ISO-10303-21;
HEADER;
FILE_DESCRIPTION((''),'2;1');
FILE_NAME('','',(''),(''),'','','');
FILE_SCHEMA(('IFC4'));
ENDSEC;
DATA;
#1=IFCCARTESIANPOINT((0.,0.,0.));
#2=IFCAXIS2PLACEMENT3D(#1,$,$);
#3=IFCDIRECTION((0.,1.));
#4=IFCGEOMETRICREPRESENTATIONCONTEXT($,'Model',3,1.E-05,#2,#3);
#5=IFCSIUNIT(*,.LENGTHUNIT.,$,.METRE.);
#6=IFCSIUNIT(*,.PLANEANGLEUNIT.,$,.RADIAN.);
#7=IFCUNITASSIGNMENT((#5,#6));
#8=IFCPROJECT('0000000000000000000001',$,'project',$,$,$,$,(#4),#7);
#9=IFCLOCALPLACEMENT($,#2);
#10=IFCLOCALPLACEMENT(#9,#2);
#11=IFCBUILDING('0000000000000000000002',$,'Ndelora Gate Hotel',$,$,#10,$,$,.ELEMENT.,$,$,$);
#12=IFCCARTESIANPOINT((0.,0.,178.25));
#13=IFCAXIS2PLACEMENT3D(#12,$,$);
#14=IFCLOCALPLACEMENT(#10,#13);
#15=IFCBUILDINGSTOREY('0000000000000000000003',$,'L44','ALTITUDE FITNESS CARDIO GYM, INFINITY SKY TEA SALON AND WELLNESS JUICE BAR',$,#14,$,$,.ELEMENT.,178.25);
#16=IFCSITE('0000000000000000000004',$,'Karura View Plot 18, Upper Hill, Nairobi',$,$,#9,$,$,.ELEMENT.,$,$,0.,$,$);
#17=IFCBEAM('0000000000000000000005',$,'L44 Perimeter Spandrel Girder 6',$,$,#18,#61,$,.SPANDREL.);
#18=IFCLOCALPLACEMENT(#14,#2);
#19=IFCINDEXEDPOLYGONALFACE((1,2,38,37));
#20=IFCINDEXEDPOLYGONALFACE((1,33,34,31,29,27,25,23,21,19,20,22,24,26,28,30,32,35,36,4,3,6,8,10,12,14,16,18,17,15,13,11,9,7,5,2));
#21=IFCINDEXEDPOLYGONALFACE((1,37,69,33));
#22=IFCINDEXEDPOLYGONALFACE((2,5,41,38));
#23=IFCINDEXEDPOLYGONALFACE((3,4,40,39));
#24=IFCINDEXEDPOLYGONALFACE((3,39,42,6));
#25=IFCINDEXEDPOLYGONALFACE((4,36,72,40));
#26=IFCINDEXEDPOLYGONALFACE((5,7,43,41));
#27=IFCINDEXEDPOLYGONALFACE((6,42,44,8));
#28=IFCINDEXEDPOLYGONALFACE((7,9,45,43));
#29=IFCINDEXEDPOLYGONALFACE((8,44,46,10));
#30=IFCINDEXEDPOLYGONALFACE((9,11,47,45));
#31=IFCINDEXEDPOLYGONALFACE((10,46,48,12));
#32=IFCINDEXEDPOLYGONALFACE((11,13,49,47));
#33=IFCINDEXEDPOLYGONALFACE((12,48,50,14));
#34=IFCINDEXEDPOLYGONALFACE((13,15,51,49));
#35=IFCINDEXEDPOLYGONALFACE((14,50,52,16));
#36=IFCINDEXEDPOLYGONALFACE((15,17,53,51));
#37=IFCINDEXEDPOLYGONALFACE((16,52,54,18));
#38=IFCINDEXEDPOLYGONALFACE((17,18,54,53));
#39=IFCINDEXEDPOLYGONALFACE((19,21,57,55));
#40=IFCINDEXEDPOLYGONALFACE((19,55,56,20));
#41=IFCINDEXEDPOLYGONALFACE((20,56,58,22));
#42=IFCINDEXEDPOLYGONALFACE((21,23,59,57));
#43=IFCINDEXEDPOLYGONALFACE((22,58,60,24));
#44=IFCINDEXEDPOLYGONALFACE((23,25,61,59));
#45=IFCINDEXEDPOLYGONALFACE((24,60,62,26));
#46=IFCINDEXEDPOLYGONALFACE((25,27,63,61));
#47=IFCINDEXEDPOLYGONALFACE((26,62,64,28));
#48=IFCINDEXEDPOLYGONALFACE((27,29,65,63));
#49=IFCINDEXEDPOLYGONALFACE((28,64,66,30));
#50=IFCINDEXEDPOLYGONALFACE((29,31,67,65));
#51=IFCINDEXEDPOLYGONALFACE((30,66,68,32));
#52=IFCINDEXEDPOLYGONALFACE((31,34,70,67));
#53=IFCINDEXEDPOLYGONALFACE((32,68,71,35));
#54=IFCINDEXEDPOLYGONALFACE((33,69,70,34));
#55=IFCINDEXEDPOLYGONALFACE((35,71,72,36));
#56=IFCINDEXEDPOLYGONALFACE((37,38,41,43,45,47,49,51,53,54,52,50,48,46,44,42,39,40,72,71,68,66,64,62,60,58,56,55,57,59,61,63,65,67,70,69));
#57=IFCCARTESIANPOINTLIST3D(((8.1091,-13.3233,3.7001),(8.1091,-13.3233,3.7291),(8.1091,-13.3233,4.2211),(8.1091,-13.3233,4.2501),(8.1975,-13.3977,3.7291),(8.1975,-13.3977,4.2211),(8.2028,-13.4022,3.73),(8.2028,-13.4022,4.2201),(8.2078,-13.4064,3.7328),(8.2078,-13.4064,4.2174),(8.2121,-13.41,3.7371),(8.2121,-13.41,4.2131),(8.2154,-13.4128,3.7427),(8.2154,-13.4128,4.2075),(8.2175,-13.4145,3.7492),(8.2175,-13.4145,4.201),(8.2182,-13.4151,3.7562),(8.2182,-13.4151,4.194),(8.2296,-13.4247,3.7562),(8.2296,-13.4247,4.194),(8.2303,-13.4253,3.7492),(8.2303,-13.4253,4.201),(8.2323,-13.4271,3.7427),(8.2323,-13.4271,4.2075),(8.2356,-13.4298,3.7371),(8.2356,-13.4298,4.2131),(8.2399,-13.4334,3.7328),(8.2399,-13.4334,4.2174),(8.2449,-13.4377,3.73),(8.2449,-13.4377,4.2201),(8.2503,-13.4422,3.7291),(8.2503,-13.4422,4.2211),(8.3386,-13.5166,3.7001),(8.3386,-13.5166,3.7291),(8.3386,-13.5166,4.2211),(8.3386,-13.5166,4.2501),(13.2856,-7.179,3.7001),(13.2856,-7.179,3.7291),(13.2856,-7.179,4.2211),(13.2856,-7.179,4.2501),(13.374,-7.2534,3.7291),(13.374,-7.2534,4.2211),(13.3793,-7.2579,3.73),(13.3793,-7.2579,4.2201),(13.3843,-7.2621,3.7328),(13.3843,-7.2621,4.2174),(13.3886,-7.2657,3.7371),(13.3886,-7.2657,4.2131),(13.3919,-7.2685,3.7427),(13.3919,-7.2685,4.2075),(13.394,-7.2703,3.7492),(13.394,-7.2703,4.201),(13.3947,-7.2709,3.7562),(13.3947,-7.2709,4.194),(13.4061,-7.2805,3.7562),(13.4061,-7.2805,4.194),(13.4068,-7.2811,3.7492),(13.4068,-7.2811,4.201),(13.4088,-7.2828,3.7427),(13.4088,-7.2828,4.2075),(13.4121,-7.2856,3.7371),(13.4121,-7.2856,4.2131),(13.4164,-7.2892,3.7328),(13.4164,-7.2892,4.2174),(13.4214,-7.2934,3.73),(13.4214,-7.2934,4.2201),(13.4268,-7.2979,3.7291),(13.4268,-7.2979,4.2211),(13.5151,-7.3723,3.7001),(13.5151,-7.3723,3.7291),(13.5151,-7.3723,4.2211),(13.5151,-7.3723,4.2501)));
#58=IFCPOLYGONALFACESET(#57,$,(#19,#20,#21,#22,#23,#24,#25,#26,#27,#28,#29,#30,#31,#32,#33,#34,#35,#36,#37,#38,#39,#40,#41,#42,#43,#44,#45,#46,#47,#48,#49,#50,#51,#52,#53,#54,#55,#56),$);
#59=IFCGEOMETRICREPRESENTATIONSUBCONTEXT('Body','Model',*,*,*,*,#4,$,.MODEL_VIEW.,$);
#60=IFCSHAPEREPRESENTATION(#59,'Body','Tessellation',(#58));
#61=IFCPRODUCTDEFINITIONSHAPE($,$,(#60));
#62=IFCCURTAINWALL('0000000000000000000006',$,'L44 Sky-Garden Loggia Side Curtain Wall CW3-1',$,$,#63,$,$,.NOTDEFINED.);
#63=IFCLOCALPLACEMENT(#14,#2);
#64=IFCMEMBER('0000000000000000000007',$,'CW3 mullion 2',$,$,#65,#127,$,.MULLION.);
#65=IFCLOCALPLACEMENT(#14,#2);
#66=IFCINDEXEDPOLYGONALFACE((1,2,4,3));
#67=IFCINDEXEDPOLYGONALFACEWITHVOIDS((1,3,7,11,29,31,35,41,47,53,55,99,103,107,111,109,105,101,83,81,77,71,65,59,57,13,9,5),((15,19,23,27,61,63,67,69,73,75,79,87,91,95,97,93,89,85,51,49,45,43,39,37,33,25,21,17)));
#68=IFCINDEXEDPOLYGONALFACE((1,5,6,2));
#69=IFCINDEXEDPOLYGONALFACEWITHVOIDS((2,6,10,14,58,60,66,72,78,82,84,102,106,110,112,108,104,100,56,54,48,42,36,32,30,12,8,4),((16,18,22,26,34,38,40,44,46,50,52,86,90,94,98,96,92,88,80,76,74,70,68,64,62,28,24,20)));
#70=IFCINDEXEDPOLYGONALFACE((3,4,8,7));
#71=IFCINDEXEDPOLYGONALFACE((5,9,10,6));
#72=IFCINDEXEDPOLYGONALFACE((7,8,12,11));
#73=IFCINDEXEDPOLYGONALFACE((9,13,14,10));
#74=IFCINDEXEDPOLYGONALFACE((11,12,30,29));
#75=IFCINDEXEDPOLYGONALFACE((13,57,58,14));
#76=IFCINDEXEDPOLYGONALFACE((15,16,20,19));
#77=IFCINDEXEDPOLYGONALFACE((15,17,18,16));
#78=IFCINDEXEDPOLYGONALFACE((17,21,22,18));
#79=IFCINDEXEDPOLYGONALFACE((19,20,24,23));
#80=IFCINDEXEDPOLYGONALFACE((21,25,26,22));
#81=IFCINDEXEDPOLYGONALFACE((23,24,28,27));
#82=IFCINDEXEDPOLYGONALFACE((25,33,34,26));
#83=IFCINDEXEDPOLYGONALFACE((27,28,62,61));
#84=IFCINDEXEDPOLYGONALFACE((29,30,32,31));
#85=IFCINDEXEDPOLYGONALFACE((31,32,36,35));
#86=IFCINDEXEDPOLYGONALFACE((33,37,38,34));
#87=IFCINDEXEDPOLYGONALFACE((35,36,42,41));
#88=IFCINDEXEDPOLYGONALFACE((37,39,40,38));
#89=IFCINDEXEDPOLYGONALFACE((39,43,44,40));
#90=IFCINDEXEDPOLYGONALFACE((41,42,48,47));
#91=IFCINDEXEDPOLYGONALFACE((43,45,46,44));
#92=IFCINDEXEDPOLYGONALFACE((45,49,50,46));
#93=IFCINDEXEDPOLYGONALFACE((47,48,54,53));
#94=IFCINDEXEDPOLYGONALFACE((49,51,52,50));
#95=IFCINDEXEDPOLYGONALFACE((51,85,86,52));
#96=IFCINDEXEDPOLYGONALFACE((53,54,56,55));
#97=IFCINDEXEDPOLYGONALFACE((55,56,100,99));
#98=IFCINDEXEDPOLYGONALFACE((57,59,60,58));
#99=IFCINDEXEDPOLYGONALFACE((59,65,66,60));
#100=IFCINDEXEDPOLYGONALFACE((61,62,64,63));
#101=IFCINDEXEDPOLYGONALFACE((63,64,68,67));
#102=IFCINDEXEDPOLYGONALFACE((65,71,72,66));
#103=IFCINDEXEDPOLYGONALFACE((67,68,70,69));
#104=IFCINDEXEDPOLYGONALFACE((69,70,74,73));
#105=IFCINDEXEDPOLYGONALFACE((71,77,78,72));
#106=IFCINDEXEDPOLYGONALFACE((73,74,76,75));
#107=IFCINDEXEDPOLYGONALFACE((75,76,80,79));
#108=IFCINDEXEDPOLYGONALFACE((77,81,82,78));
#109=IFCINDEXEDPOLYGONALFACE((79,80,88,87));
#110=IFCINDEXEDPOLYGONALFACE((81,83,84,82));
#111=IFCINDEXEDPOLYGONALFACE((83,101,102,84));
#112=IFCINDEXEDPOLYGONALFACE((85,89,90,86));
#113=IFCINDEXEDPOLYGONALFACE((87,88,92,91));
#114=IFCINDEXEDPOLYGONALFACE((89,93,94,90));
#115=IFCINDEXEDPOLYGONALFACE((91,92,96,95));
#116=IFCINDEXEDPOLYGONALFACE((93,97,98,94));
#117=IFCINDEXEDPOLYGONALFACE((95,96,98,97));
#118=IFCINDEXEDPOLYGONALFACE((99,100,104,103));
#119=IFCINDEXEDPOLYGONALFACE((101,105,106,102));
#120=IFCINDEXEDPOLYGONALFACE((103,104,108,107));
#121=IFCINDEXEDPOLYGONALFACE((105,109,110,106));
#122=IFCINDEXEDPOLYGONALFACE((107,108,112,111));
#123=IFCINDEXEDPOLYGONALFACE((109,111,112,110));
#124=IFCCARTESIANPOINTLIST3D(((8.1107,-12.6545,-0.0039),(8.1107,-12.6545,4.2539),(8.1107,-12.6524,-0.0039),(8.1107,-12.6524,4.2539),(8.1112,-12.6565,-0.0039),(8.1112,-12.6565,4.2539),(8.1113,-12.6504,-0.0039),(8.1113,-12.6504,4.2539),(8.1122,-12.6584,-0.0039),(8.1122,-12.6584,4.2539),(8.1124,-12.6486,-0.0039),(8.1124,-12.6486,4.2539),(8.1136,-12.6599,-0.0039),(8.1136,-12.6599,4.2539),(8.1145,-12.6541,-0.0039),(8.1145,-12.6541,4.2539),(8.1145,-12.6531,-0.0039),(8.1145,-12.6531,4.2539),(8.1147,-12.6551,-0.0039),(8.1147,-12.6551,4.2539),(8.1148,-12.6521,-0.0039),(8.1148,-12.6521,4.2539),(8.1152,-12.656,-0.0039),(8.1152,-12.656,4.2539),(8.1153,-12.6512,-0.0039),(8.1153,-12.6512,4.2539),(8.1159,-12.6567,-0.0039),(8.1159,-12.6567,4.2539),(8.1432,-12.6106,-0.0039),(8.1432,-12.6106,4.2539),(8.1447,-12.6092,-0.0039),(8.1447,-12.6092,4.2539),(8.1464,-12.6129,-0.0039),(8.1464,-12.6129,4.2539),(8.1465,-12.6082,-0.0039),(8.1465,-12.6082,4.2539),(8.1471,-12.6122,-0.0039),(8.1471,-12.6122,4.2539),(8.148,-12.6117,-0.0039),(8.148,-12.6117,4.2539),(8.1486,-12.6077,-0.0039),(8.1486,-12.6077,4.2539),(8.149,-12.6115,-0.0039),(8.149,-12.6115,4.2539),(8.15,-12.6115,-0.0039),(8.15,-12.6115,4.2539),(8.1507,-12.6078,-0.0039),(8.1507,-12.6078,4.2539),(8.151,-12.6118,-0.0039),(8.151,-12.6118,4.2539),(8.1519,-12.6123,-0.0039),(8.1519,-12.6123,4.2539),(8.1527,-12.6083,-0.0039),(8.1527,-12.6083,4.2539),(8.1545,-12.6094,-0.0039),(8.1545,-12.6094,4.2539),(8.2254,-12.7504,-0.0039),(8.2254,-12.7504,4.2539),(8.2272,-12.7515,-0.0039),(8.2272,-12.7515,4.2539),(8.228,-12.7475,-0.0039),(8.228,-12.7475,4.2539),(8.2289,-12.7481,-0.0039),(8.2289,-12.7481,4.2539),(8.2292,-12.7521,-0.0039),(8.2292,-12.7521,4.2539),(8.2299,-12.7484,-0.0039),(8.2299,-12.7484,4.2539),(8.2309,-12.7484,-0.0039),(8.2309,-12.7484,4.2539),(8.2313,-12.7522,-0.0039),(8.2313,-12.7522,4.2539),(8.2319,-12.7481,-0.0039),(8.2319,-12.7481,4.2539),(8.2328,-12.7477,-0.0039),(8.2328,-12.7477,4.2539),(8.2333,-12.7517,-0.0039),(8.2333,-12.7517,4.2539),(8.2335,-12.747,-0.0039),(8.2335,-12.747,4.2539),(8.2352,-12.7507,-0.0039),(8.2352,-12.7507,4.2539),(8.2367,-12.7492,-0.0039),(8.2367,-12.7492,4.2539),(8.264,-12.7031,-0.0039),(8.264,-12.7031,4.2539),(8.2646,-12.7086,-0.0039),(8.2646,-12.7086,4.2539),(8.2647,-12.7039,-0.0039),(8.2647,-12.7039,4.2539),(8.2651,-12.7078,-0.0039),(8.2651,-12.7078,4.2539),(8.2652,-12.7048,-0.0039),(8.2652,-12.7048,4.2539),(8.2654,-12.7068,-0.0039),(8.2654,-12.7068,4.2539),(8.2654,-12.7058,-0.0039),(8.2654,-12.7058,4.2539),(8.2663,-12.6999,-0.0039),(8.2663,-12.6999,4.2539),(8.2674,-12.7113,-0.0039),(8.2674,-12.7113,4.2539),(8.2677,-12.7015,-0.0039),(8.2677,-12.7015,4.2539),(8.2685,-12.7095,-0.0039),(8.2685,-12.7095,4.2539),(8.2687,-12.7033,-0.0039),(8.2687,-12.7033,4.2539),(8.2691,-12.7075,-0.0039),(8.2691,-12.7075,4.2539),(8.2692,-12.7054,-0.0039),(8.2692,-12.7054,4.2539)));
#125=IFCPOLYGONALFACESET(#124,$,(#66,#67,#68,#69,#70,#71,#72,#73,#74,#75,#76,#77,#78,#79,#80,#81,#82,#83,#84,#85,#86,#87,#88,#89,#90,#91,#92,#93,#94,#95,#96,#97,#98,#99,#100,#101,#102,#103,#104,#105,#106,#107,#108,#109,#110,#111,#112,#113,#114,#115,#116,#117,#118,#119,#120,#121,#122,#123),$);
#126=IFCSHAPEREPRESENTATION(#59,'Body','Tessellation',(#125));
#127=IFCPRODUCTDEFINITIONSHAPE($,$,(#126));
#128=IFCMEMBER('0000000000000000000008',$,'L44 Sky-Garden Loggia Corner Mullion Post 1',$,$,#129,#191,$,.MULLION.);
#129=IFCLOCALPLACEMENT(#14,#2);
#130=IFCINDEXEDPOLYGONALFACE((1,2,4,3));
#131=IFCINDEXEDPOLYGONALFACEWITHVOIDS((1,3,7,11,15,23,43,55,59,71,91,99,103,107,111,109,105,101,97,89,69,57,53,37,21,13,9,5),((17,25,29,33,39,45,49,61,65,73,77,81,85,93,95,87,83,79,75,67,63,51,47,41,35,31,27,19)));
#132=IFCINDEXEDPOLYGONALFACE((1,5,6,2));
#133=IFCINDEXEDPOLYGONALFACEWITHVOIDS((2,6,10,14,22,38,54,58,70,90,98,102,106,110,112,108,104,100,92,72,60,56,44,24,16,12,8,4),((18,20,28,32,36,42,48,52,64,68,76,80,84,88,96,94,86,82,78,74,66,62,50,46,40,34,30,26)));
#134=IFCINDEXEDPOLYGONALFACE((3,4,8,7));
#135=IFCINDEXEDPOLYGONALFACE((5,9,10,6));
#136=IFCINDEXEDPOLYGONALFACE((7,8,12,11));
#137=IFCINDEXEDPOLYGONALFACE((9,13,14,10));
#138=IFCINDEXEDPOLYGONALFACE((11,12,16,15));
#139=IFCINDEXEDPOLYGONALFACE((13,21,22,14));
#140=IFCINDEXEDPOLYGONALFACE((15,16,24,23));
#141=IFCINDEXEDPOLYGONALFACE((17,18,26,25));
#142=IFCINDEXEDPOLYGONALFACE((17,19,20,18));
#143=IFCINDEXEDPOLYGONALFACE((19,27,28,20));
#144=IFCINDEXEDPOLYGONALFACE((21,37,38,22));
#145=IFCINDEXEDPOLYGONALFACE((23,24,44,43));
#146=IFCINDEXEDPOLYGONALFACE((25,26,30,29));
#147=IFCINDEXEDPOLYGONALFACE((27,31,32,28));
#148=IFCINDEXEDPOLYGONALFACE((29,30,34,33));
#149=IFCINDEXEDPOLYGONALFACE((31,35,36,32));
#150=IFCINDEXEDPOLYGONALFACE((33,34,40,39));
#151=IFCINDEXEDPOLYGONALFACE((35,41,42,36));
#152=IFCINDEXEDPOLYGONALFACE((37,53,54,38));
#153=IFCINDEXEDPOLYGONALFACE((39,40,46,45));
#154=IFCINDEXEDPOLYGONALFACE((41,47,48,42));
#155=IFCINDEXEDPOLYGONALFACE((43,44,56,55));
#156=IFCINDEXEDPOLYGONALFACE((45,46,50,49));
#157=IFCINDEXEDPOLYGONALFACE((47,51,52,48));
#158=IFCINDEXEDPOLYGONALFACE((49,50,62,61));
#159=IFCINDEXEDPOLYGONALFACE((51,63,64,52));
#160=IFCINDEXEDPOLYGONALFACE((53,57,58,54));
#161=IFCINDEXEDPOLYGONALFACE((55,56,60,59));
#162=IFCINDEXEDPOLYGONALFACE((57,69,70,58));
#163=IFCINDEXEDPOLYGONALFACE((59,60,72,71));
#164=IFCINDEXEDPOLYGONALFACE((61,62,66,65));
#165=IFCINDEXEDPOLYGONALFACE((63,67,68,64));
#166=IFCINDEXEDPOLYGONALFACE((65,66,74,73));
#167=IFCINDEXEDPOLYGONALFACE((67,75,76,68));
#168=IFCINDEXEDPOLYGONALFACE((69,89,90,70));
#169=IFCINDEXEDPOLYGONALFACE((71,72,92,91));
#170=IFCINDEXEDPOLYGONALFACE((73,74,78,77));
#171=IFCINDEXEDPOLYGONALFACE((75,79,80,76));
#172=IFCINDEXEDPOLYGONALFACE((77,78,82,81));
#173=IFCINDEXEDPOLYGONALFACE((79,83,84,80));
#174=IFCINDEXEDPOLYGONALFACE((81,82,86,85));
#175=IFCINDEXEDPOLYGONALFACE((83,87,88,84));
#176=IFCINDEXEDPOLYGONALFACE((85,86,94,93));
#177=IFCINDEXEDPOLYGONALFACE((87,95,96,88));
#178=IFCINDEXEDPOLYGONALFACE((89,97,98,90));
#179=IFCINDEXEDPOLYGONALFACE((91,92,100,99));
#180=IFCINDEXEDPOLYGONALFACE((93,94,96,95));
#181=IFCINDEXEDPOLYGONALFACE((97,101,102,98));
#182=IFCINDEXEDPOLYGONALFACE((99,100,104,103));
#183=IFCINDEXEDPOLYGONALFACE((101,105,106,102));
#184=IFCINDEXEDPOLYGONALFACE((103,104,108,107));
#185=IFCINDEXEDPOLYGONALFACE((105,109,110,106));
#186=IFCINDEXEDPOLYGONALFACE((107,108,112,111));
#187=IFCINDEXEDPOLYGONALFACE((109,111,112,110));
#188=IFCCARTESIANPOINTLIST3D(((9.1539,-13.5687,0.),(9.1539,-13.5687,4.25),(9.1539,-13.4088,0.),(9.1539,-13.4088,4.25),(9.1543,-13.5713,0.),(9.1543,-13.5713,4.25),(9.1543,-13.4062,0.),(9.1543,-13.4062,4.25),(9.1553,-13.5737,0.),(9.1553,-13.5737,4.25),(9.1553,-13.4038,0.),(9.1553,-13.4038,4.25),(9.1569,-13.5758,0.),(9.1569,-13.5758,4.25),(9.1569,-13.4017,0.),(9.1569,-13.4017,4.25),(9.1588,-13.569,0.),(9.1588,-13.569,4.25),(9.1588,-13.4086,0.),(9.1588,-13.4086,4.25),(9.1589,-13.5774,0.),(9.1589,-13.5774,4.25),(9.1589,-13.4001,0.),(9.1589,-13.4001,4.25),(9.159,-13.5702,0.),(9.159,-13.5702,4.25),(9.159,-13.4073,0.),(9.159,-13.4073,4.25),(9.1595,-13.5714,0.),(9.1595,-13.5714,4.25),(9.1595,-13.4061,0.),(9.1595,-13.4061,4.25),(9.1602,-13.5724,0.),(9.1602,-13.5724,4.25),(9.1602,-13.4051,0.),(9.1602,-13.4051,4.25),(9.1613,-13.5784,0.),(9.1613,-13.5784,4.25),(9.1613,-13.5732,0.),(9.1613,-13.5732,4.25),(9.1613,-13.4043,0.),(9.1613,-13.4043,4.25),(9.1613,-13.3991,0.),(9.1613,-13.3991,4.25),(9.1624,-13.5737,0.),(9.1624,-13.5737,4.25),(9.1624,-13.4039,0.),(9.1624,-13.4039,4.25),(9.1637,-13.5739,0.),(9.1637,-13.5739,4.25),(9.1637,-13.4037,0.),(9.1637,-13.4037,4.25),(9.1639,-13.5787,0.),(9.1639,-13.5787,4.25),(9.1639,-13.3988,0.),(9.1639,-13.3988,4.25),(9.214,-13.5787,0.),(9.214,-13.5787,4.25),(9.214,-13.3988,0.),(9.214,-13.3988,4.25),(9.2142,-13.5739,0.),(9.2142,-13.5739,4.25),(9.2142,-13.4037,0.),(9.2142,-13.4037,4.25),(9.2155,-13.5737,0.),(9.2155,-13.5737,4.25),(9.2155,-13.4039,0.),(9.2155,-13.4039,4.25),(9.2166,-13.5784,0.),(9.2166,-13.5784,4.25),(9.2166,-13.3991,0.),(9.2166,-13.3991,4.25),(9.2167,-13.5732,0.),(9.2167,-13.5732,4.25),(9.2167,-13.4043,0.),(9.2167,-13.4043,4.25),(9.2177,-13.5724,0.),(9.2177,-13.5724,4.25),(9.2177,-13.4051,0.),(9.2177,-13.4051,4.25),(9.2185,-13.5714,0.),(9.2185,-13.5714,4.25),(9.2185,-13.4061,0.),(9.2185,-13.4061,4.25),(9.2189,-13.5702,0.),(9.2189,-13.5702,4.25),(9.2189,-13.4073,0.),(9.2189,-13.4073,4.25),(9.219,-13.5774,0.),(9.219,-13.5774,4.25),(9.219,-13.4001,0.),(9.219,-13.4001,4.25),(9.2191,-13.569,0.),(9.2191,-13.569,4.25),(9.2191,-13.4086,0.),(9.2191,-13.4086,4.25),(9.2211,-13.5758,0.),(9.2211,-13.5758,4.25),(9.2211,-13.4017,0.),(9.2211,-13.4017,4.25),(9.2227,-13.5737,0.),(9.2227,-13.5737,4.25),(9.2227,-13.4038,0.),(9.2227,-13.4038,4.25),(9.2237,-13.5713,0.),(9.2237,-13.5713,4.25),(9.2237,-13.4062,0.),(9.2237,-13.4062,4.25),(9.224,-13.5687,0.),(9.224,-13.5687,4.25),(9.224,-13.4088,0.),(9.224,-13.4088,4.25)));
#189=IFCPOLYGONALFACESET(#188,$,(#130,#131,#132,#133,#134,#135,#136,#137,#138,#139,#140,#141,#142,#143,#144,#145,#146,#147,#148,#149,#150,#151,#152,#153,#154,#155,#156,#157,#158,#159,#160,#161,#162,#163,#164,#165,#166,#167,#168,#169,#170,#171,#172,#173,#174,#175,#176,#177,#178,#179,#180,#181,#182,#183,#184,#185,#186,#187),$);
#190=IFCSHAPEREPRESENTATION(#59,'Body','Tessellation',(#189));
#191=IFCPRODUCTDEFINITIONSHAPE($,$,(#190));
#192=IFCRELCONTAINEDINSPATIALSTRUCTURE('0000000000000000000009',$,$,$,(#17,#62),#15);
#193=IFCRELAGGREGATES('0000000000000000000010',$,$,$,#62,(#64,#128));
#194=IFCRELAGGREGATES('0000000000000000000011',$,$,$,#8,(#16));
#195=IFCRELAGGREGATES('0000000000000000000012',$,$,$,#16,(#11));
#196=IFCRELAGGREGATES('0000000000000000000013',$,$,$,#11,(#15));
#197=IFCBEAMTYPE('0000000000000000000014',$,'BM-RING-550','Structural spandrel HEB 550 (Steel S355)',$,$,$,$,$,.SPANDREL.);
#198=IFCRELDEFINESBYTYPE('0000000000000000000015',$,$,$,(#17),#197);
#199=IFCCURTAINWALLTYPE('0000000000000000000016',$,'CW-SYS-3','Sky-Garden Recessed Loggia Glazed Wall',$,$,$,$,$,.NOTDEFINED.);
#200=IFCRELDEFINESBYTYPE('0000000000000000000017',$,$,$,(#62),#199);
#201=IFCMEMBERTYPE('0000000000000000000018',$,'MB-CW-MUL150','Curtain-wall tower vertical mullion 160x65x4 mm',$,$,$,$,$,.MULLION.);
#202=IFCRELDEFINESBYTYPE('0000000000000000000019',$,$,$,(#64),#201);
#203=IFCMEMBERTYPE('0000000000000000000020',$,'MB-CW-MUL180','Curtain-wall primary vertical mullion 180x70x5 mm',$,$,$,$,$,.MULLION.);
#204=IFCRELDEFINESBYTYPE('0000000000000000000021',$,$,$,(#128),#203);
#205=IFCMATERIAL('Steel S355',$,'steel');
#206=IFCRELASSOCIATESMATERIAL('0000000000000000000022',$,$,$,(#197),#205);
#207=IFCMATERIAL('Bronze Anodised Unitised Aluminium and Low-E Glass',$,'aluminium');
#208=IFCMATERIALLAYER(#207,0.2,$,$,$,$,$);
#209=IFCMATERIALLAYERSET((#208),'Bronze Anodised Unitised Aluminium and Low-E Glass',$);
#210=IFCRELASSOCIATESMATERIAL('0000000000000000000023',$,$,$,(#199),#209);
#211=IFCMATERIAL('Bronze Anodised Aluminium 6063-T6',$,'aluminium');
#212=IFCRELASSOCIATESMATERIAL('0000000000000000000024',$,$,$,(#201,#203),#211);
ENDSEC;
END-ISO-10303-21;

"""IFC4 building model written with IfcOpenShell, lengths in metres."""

from ifc_helpers import new_model, si_unit, direction, frame, origin, origin_2d, place, context, subcontext, project, spatial, hollow_rectangle, i_section, extrude, material, layer, layer_set, material_profile, profile_set, type_object, element, aggregate, save


model = new_model("IFC4")

# Units and contexts
model_context = context("Model", 3, precision=1e-05, world=origin(), true_north=direction((0.0, 1.0)))
body_context = subcontext(model_context, "Body", "Model", "MODEL_VIEW")
ifc_project = project(units=[si_unit("LENGTHUNIT", "METRE"), si_unit("PLANEANGLEUNIT", "RADIAN")], contexts=[model_context])

# Site, building, storey
site_placement = place(None, origin())
site = spatial("IfcSite", under=ifc_project, at=site_placement, Name="Karura View Plot 18, Upper Hill, Nairobi", CompositionType="ELEMENT", RefElevation=0.0)
building_placement = place(site_placement, origin())
building = spatial("IfcBuilding", under=site, at=building_placement, Name="Ndelora Gate Hotel", CompositionType="ELEMENT")
storey_placement = place(building_placement, frame((0.0, 0.0, 178.25)))
storey = spatial("IfcBuildingStorey", under=building, at=storey_placement, Name="L44", Description="ALTITUDE FITNESS CARDIO GYM, INFINITY SKY TEA SALON AND WELLNESS JUICE BAR", CompositionType="ELEMENT", Elevation=178.25)

# Beam
ifc_material_1 = material(Name="Steel S355", Category="steel")
ifc_material_profile_1 = material_profile(ifc_material_1, i_section(OverallWidth=0.3, OverallDepth=0.55, WebThickness=0.0149, FlangeThickness=0.0291, FilletRadius=0.0271, at=origin_2d()), Name="HEB 550")
ifc_profile_set_1 = profile_set([ifc_material_profile_1], Name="Steel S355")
beam_type_1 = type_object("IfcBeamType", Name="BM-RING-550", Description="Structural spandrel HEB 550 (Steel S355)", PredefinedType="SPANDREL", material=ifc_profile_set_1)
beam_1_placement = place(storey_placement, frame((8.2239, -13.4199, 3.9751), z_axis=(0.644309, 0.764765, 0.0), x_axis=(-0.764765, 0.644309, 0.0)))
element("IfcBeam", 1, at=beam_1_placement, inside=storey, type_object=beam_type_1, Name="L44 Perimeter Spandrel Girder 6", PredefinedType="SPANDREL", context=body_context, shape_type="SweptSolid", body=[
    extrude(i_section(OverallWidth=0.3, OverallDepth=0.55, WebThickness=0.0149, FlangeThickness=0.0291, FilletRadius=0.0271, at=origin_2d()), origin(), (0.0, 0.0, 1.0), 8.0342),
])

# Curtain wall, members
ifc_material_2 = material(Name="Bronze Anodised Unitised Aluminium and Low-E Glass", Category="aluminium")
ifc_layer_1 = layer(ifc_material_2, 0.2)
ifc_layer_set_1 = layer_set([ifc_layer_1], Name="Bronze Anodised Unitised Aluminium and Low-E Glass")
curtain_wall_type = type_object("IfcCurtainWallType", Name="CW-SYS-3", Description="Sky-Garden Recessed Loggia Glazed Wall", PredefinedType="NOTDEFINED", material=ifc_layer_set_1)
curtain_wall_placement = place(storey_placement, origin())
curtain_wall = element("IfcCurtainWall", 2, at=curtain_wall_placement, inside=storey, type_object=curtain_wall_type, Name="L44 Sky-Garden Loggia Side Curtain Wall CW3-1", PredefinedType="NOTDEFINED")
ifc_material_3 = material(Name="Bronze Anodised Aluminium 6063-T6", Category="aluminium")
ifc_material_profile_2 = material_profile(ifc_material_3, hollow_rectangle(XDim=0.0649, YDim=0.1599, WallThickness=0.0039, InnerFilletRadius=0.0039, OuterFilletRadius=0.0081, at=origin_2d()), Name="ALU 160x65x4")
ifc_profile_set_2 = profile_set([ifc_material_profile_2], Name="Bronze Anodised Aluminium 6063-T6")
member_type_1 = type_object("IfcMemberType", Name="MB-CW-MUL150", Description="Curtain-wall tower vertical mullion 160x65x4 mm", PredefinedType="MULLION", material=ifc_profile_set_2)
member_1_placement = place(storey_placement, frame((8.1899, -12.6799, -0.0039), z_axis=(0.0, 0.0, 1.0), x_axis=(0.629332, 0.777137, 0.0)))
member_1 = element("IfcMember", 3, at=member_1_placement, type_object=member_type_1, Name="CW3 mullion 2", PredefinedType="MULLION", context=body_context, shape_type="SweptSolid", body=[
    extrude(hollow_rectangle(XDim=0.0649, YDim=0.1599, WallThickness=0.0039, InnerFilletRadius=0.0039, OuterFilletRadius=0.0081, at=origin_2d()), origin(), (0.0, 0.0, 1.0), 4.2578),
])
ifc_material_profile_3 = material_profile(ifc_material_3, hollow_rectangle(XDim=0.0701, YDim=0.1799, WallThickness=0.0049, InnerFilletRadius=0.0049, OuterFilletRadius=0.01, at=origin_2d()), Name="ALU 180x70x5")
ifc_profile_set_3 = profile_set([ifc_material_profile_3], Name="Bronze Anodised Aluminium 6063-T6")
member_type_2 = type_object("IfcMemberType", Name="MB-CW-MUL180", Description="Curtain-wall primary vertical mullion 180x70x5 mm", PredefinedType="MULLION", material=ifc_profile_set_3)
member_2_placement = place(storey_placement, frame((9.189, -13.4888, 0.0), z_axis=(0.0, 0.0, 1.0), x_axis=(1.0, 0.0, 0.0)))
member_2 = element("IfcMember", 4, at=member_2_placement, type_object=member_type_2, Name="L44 Sky-Garden Loggia Corner Mullion Post 1", PredefinedType="MULLION", context=body_context, shape_type="SweptSolid", body=[
    extrude(hollow_rectangle(XDim=0.0701, YDim=0.1799, WallThickness=0.0049, InnerFilletRadius=0.0049, OuterFilletRadius=0.01, at=origin_2d()), origin(), (0.0, 0.0, 1.0), 4.25),
])
aggregate(curtain_wall, [member_1, member_2])

save(model, "model.ifc")
